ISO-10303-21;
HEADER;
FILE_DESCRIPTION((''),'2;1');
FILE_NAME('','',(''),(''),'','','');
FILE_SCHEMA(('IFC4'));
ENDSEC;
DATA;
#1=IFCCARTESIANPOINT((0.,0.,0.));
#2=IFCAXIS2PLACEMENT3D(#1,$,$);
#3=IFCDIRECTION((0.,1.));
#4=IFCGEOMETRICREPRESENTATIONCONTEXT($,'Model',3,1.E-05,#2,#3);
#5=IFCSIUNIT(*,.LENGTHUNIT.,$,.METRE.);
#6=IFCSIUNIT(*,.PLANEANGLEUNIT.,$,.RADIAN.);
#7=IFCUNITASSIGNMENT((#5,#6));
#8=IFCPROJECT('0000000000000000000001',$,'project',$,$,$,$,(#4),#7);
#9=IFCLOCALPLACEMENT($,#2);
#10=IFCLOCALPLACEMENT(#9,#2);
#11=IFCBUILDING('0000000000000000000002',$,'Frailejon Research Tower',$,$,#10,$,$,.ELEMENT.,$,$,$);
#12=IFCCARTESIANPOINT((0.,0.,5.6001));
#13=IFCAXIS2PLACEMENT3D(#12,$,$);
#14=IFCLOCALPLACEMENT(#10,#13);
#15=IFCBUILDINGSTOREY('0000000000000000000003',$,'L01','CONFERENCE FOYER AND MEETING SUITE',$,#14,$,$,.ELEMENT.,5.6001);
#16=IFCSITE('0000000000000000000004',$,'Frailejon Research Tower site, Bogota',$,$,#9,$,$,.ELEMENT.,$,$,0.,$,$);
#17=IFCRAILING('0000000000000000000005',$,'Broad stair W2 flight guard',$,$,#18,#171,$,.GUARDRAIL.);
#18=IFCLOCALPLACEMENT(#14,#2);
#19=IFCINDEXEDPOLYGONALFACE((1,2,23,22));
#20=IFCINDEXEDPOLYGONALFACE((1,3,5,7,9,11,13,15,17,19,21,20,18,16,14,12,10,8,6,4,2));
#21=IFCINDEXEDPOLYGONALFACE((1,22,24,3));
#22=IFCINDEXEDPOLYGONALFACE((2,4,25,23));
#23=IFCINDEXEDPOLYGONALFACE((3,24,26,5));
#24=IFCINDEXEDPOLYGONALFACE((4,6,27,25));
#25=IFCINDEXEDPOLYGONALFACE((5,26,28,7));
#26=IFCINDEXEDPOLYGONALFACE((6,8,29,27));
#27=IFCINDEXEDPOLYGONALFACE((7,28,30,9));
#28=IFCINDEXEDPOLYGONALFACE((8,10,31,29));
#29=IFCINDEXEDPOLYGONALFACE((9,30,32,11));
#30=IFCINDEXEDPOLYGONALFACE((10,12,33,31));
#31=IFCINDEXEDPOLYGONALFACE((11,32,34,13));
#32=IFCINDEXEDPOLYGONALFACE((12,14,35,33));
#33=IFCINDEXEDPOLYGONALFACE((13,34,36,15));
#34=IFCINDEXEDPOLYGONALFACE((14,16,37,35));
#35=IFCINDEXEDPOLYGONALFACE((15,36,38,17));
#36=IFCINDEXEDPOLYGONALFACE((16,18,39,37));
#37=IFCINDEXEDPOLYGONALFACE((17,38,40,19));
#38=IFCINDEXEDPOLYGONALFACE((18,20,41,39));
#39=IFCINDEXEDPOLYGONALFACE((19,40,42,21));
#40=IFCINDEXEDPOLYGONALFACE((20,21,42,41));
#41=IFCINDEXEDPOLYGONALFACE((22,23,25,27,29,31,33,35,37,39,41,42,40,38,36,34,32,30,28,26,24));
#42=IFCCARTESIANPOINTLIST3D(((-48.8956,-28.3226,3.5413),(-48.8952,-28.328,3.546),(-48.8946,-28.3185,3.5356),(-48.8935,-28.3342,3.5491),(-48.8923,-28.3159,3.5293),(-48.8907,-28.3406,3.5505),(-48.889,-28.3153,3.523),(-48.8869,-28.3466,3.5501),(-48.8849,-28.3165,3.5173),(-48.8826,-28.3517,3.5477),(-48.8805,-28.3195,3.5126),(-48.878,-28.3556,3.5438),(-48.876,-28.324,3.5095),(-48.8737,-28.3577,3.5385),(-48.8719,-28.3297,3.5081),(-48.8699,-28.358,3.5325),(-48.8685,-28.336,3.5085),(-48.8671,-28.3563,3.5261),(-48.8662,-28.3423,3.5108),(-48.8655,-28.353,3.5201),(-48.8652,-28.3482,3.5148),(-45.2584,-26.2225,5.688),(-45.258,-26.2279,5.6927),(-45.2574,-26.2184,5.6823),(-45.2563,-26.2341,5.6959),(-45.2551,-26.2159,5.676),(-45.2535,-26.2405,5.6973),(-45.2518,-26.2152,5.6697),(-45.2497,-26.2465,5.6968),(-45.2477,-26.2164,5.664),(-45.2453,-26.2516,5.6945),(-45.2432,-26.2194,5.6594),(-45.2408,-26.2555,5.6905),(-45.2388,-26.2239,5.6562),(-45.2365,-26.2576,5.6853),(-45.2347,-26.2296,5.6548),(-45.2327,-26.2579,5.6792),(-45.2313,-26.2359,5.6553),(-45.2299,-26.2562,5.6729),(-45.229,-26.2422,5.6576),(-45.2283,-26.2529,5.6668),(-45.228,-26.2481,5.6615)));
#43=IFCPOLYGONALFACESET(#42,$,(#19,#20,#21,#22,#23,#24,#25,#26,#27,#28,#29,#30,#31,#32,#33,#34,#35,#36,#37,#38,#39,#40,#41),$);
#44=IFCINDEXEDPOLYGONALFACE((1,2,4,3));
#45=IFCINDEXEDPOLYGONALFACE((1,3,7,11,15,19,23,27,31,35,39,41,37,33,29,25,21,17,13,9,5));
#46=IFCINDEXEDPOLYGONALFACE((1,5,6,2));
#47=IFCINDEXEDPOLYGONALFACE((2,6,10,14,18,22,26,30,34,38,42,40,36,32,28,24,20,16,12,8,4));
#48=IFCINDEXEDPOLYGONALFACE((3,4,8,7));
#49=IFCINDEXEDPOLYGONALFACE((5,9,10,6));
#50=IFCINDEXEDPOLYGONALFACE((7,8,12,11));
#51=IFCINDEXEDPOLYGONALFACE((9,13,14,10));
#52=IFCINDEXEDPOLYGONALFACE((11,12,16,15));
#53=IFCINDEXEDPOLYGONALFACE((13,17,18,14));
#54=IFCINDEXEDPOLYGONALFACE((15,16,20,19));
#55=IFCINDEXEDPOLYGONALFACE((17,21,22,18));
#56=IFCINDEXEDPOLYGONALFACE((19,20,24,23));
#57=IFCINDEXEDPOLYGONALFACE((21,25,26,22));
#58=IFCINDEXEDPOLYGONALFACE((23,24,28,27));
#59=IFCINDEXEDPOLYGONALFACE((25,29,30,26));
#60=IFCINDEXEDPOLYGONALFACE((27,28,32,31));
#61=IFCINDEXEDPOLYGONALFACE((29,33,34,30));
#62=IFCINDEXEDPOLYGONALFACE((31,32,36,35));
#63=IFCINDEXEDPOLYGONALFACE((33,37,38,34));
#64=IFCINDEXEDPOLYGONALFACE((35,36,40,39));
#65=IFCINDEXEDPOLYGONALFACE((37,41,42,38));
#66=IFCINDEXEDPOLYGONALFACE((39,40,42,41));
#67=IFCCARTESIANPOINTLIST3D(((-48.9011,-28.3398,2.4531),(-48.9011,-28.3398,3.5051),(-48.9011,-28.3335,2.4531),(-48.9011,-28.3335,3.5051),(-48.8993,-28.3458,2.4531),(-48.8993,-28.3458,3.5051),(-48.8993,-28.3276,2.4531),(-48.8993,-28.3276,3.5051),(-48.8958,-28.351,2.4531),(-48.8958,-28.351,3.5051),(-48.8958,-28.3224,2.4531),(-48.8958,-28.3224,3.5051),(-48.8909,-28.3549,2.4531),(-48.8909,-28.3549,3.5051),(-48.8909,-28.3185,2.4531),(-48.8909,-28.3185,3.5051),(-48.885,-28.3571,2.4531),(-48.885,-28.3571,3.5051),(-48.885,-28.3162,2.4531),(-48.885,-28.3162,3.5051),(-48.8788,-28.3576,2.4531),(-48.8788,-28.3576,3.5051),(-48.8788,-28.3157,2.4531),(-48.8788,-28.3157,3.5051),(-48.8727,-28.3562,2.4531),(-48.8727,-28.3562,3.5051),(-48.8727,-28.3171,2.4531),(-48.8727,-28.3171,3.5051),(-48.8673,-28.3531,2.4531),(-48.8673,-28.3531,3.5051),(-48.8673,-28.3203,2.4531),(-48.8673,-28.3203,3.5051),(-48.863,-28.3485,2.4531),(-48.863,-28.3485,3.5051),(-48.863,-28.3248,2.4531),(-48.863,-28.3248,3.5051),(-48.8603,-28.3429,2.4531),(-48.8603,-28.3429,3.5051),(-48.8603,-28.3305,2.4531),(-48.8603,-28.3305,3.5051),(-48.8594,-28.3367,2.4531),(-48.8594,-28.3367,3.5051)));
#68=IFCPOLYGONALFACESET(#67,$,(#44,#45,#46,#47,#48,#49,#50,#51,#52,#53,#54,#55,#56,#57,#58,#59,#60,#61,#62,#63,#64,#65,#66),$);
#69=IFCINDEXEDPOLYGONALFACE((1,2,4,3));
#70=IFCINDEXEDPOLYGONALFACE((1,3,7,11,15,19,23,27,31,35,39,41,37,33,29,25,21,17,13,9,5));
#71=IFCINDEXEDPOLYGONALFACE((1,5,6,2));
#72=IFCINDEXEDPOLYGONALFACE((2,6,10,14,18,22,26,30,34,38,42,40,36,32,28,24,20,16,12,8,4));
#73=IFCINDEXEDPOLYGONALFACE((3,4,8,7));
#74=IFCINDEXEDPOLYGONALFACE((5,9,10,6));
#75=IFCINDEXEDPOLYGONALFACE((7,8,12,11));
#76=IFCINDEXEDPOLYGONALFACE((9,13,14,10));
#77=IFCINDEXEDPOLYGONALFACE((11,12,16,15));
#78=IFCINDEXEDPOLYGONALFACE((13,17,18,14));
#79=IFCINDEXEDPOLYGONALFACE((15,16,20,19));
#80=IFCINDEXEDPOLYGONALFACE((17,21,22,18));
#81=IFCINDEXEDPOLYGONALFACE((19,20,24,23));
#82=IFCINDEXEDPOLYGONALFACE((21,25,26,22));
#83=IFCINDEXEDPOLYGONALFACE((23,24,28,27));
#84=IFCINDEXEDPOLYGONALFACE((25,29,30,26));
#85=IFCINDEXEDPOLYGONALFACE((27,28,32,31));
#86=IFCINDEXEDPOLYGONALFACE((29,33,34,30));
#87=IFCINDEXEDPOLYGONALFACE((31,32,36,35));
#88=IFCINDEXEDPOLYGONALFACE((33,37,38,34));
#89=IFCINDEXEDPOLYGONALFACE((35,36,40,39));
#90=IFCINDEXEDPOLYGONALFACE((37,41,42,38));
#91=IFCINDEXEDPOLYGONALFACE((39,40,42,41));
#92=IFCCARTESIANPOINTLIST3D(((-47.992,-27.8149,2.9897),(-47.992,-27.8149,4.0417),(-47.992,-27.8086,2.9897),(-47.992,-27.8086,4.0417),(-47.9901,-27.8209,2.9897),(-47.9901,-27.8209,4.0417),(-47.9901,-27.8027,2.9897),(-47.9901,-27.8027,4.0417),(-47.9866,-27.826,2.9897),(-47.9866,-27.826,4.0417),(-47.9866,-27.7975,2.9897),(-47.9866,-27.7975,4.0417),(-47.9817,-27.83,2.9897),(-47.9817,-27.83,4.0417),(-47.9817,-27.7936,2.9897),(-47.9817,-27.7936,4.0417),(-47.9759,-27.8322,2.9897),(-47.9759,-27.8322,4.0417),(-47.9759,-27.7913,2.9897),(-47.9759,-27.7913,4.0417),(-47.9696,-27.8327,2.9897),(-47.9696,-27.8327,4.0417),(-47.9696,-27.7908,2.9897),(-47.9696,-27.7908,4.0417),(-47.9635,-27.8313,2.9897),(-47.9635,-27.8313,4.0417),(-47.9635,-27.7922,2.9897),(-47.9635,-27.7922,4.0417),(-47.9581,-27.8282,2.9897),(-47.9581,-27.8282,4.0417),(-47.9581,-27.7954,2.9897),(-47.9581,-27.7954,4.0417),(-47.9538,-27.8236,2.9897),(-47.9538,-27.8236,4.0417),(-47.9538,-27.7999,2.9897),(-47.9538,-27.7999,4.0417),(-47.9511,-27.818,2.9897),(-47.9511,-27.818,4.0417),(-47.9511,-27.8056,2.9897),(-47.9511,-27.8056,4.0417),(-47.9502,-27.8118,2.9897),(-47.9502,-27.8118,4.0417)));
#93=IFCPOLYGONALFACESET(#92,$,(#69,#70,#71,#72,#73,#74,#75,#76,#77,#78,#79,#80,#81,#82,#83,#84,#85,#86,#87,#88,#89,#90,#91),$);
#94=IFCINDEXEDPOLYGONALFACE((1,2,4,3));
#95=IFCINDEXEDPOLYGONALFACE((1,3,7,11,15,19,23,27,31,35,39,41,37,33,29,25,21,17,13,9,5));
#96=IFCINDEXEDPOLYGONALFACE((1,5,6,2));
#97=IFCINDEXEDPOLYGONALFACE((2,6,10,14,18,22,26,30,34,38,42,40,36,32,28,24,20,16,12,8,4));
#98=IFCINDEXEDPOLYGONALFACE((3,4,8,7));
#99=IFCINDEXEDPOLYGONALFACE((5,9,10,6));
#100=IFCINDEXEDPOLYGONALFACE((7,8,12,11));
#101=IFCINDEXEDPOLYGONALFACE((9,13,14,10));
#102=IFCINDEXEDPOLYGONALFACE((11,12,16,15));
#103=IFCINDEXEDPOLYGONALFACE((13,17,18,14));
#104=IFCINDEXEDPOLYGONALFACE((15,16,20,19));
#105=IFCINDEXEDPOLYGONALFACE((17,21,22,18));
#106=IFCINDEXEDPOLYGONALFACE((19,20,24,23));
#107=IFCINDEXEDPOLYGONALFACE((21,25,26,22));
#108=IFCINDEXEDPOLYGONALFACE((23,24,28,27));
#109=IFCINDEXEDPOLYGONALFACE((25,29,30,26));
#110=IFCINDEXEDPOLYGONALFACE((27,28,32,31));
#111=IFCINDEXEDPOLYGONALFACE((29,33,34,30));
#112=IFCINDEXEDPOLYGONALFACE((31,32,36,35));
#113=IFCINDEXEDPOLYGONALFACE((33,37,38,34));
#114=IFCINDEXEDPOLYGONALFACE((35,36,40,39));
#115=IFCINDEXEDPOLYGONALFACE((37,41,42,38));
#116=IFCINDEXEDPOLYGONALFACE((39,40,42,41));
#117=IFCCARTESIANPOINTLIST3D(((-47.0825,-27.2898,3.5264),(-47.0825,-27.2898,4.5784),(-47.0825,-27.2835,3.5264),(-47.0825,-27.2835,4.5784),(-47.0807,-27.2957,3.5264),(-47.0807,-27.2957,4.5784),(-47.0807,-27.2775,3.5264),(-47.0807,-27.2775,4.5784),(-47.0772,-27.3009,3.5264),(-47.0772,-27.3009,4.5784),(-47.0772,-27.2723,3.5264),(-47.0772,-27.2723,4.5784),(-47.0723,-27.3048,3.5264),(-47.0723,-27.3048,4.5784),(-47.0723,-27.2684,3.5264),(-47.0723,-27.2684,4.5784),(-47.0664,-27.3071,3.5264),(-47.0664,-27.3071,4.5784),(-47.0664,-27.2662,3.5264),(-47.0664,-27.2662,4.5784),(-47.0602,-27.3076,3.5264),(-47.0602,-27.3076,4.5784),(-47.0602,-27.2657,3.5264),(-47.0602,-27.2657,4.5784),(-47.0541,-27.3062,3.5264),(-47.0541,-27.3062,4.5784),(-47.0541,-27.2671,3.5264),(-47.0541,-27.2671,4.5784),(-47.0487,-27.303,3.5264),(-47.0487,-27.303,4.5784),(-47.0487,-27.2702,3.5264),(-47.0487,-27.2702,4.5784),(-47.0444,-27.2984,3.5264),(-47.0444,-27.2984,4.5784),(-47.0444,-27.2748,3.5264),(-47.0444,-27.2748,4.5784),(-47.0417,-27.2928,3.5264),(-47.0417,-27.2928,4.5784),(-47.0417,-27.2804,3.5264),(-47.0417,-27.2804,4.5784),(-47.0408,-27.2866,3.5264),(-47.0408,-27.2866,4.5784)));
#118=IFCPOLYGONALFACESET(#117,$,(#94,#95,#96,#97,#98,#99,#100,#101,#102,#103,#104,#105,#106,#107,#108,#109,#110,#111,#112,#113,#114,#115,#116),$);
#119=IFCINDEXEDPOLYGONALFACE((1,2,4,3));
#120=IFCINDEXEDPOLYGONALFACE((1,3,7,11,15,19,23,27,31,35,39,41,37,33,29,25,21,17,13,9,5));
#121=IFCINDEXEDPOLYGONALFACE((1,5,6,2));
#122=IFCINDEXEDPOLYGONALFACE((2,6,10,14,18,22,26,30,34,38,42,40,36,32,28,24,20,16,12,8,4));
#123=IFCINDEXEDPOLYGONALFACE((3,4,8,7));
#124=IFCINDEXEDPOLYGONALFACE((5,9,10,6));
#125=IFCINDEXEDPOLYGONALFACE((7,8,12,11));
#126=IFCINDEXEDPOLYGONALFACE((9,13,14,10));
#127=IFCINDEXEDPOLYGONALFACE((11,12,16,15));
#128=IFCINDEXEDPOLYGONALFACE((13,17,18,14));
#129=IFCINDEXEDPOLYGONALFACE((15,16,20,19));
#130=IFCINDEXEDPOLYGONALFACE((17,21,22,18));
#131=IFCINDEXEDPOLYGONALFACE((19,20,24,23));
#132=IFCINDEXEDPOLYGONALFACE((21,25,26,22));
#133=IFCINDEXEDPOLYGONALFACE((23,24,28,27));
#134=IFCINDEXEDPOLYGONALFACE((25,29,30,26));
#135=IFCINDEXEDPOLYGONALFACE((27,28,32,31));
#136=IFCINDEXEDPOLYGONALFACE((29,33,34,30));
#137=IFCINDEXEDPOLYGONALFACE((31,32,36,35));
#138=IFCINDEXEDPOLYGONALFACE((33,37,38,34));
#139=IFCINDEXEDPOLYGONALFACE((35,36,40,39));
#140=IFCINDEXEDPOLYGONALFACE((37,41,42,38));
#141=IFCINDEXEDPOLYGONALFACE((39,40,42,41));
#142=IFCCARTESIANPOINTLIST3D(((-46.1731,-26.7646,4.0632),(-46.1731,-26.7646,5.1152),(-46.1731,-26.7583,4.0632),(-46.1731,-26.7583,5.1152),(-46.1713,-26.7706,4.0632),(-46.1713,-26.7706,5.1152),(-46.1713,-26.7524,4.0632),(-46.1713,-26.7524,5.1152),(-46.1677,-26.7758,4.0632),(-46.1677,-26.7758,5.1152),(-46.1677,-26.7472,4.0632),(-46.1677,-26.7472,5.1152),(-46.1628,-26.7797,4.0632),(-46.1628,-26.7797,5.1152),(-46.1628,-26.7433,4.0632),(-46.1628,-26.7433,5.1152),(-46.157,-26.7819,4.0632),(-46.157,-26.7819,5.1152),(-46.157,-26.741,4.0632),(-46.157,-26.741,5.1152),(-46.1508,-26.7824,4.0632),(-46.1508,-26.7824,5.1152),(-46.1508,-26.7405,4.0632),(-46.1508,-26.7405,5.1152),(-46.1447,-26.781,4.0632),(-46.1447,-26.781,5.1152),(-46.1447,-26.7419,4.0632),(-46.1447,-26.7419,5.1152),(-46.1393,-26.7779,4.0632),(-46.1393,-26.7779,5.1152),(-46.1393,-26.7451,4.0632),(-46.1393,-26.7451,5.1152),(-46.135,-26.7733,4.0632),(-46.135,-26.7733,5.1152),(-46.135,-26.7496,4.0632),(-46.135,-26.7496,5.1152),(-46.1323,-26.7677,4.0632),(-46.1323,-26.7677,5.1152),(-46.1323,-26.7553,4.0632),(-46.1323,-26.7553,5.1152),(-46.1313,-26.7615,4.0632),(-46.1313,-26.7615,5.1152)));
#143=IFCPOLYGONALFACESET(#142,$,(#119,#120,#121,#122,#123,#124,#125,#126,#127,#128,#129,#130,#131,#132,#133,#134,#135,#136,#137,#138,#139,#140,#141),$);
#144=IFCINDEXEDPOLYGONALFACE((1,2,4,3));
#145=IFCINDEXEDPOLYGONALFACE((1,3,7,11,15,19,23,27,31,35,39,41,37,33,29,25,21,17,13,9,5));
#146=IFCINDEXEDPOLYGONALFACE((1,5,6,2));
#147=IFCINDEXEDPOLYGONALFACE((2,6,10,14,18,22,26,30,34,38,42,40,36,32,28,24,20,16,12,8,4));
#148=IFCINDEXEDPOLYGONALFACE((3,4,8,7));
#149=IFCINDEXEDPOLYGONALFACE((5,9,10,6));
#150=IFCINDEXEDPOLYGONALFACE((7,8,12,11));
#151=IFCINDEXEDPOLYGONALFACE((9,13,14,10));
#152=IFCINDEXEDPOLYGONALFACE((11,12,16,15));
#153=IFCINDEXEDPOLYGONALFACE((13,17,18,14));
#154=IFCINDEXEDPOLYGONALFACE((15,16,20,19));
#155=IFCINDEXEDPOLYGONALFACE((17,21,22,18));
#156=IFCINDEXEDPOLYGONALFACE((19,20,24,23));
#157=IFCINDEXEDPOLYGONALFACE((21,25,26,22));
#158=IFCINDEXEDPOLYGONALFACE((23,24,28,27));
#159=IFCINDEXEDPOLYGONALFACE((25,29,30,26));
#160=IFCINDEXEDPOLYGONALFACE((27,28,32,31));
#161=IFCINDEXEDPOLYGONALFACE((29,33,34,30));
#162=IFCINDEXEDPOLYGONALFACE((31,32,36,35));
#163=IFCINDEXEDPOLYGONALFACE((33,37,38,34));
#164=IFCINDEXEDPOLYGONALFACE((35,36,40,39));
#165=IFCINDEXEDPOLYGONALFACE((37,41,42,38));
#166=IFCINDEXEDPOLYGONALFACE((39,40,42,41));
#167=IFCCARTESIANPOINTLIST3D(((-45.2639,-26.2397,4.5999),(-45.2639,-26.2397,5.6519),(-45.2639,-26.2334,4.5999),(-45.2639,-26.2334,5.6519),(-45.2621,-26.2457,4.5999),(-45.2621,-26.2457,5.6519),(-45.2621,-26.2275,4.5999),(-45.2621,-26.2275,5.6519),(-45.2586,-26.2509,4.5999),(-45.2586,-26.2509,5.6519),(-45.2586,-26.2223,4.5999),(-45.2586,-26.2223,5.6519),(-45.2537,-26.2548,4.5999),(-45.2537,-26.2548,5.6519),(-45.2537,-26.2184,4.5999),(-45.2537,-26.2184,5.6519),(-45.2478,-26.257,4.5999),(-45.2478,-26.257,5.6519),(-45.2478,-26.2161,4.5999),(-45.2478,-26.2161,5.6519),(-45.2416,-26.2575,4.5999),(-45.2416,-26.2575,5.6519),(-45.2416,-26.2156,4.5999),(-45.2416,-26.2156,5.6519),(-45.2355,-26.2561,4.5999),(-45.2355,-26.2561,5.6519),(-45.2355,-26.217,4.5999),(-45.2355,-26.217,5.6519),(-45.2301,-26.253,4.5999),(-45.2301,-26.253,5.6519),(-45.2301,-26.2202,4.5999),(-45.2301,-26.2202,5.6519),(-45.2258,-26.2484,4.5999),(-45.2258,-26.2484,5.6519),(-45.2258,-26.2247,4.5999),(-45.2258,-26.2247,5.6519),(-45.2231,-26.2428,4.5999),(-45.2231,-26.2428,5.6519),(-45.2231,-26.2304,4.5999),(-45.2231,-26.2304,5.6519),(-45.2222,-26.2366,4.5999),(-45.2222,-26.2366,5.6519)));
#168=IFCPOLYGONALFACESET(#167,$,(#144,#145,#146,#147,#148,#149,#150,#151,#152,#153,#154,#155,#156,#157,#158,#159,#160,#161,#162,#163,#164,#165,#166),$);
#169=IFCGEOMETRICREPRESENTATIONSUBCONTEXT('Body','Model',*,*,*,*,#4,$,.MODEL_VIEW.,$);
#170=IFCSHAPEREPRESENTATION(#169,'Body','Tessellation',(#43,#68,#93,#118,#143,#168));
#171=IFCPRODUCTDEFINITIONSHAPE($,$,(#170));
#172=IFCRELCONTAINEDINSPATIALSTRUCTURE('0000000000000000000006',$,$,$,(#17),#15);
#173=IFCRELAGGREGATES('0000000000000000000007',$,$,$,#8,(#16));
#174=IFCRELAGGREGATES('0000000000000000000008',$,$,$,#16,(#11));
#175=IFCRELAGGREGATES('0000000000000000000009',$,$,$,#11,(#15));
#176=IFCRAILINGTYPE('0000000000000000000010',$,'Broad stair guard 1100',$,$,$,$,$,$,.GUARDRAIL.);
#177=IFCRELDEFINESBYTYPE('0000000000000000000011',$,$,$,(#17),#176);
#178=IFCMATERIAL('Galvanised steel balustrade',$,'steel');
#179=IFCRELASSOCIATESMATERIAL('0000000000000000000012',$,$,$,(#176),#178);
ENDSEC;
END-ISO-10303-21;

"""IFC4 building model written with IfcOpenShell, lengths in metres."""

from ifc_helpers import new_model, si_unit, direction, frame, origin, origin_2d, place, context, subcontext, project, spatial, circle, extrude, material, type_object, element, save


model = new_model("IFC4")

# Units and contexts
model_context = context("Model", 3, precision=1e-05, world=origin(), true_north=direction((0.0, 1.0)))
body_context = subcontext(model_context, "Body", "Model", "MODEL_VIEW")
ifc_project = project(units=[si_unit("LENGTHUNIT", "METRE"), si_unit("PLANEANGLEUNIT", "RADIAN")], contexts=[model_context])

# Site, building, storey
site_placement = place(None, origin())
site = spatial("IfcSite", under=ifc_project, at=site_placement, Name="Frailejon Research Tower site, Bogota", CompositionType="ELEMENT", RefElevation=0.0)
building_placement = place(site_placement, origin())
building = spatial("IfcBuilding", under=site, at=building_placement, Name="Frailejon Research Tower", CompositionType="ELEMENT")
storey_placement = place(building_placement, frame((0.0, 0.0, 5.6001)))
storey = spatial("IfcBuildingStorey", under=building, at=storey_placement, Name="L01", Description="CONFERENCE FOYER AND MEETING SUITE", CompositionType="ELEMENT", Elevation=5.6001)

# Railing
ifc_material_1 = material(Name="Galvanised steel balustrade", Category="steel")
railing_type_1 = type_object("IfcRailingType", Name="Broad stair guard 1100", PredefinedType="GUARDRAIL", material=ifc_material_1)
railing_1_placement = place(storey_placement, frame((-48.8804, -28.3367, 2.4531)))
element("IfcRailing", 1, at=railing_1_placement, inside=storey, type_object=railing_type_1, Name="Broad stair W2 flight guard", PredefinedType="GUARDRAIL", context=body_context, shape_type="SweptSolid", body=[
    extrude(circle(Radius=0.0239, at=origin_2d()), frame((0.0, 0.0, 1.0762), z_axis=(0.771119, 0.445239, 0.455125), x_axis=(-0.500028, 0.866009, 0.0)), (0.0, 0.0, 1.0), 4.7168),
    extrude(circle(Radius=0.021, at=origin_2d()), origin(), (0.0, 0.0, 1.0), 1.052),
    extrude(circle(Radius=0.021, at=origin_2d()), frame((0.9092, 0.5249, 0.5366)), (0.0, 0.0, 1.0), 1.052),
    extrude(circle(Radius=0.021, at=origin_2d()), frame((1.8186, 1.05, 1.0732)), (0.0, 0.0, 1.0), 1.052),
    extrude(circle(Radius=0.021, at=origin_2d()), frame((2.728, 1.5752, 1.6101)), (0.0, 0.0, 1.0), 1.052),
    extrude(circle(Radius=0.021, at=origin_2d()), frame((3.6372, 2.1001, 2.1467)), (0.0, 0.0, 1.0), 1.052),
])

save(model, "model.ifc")
